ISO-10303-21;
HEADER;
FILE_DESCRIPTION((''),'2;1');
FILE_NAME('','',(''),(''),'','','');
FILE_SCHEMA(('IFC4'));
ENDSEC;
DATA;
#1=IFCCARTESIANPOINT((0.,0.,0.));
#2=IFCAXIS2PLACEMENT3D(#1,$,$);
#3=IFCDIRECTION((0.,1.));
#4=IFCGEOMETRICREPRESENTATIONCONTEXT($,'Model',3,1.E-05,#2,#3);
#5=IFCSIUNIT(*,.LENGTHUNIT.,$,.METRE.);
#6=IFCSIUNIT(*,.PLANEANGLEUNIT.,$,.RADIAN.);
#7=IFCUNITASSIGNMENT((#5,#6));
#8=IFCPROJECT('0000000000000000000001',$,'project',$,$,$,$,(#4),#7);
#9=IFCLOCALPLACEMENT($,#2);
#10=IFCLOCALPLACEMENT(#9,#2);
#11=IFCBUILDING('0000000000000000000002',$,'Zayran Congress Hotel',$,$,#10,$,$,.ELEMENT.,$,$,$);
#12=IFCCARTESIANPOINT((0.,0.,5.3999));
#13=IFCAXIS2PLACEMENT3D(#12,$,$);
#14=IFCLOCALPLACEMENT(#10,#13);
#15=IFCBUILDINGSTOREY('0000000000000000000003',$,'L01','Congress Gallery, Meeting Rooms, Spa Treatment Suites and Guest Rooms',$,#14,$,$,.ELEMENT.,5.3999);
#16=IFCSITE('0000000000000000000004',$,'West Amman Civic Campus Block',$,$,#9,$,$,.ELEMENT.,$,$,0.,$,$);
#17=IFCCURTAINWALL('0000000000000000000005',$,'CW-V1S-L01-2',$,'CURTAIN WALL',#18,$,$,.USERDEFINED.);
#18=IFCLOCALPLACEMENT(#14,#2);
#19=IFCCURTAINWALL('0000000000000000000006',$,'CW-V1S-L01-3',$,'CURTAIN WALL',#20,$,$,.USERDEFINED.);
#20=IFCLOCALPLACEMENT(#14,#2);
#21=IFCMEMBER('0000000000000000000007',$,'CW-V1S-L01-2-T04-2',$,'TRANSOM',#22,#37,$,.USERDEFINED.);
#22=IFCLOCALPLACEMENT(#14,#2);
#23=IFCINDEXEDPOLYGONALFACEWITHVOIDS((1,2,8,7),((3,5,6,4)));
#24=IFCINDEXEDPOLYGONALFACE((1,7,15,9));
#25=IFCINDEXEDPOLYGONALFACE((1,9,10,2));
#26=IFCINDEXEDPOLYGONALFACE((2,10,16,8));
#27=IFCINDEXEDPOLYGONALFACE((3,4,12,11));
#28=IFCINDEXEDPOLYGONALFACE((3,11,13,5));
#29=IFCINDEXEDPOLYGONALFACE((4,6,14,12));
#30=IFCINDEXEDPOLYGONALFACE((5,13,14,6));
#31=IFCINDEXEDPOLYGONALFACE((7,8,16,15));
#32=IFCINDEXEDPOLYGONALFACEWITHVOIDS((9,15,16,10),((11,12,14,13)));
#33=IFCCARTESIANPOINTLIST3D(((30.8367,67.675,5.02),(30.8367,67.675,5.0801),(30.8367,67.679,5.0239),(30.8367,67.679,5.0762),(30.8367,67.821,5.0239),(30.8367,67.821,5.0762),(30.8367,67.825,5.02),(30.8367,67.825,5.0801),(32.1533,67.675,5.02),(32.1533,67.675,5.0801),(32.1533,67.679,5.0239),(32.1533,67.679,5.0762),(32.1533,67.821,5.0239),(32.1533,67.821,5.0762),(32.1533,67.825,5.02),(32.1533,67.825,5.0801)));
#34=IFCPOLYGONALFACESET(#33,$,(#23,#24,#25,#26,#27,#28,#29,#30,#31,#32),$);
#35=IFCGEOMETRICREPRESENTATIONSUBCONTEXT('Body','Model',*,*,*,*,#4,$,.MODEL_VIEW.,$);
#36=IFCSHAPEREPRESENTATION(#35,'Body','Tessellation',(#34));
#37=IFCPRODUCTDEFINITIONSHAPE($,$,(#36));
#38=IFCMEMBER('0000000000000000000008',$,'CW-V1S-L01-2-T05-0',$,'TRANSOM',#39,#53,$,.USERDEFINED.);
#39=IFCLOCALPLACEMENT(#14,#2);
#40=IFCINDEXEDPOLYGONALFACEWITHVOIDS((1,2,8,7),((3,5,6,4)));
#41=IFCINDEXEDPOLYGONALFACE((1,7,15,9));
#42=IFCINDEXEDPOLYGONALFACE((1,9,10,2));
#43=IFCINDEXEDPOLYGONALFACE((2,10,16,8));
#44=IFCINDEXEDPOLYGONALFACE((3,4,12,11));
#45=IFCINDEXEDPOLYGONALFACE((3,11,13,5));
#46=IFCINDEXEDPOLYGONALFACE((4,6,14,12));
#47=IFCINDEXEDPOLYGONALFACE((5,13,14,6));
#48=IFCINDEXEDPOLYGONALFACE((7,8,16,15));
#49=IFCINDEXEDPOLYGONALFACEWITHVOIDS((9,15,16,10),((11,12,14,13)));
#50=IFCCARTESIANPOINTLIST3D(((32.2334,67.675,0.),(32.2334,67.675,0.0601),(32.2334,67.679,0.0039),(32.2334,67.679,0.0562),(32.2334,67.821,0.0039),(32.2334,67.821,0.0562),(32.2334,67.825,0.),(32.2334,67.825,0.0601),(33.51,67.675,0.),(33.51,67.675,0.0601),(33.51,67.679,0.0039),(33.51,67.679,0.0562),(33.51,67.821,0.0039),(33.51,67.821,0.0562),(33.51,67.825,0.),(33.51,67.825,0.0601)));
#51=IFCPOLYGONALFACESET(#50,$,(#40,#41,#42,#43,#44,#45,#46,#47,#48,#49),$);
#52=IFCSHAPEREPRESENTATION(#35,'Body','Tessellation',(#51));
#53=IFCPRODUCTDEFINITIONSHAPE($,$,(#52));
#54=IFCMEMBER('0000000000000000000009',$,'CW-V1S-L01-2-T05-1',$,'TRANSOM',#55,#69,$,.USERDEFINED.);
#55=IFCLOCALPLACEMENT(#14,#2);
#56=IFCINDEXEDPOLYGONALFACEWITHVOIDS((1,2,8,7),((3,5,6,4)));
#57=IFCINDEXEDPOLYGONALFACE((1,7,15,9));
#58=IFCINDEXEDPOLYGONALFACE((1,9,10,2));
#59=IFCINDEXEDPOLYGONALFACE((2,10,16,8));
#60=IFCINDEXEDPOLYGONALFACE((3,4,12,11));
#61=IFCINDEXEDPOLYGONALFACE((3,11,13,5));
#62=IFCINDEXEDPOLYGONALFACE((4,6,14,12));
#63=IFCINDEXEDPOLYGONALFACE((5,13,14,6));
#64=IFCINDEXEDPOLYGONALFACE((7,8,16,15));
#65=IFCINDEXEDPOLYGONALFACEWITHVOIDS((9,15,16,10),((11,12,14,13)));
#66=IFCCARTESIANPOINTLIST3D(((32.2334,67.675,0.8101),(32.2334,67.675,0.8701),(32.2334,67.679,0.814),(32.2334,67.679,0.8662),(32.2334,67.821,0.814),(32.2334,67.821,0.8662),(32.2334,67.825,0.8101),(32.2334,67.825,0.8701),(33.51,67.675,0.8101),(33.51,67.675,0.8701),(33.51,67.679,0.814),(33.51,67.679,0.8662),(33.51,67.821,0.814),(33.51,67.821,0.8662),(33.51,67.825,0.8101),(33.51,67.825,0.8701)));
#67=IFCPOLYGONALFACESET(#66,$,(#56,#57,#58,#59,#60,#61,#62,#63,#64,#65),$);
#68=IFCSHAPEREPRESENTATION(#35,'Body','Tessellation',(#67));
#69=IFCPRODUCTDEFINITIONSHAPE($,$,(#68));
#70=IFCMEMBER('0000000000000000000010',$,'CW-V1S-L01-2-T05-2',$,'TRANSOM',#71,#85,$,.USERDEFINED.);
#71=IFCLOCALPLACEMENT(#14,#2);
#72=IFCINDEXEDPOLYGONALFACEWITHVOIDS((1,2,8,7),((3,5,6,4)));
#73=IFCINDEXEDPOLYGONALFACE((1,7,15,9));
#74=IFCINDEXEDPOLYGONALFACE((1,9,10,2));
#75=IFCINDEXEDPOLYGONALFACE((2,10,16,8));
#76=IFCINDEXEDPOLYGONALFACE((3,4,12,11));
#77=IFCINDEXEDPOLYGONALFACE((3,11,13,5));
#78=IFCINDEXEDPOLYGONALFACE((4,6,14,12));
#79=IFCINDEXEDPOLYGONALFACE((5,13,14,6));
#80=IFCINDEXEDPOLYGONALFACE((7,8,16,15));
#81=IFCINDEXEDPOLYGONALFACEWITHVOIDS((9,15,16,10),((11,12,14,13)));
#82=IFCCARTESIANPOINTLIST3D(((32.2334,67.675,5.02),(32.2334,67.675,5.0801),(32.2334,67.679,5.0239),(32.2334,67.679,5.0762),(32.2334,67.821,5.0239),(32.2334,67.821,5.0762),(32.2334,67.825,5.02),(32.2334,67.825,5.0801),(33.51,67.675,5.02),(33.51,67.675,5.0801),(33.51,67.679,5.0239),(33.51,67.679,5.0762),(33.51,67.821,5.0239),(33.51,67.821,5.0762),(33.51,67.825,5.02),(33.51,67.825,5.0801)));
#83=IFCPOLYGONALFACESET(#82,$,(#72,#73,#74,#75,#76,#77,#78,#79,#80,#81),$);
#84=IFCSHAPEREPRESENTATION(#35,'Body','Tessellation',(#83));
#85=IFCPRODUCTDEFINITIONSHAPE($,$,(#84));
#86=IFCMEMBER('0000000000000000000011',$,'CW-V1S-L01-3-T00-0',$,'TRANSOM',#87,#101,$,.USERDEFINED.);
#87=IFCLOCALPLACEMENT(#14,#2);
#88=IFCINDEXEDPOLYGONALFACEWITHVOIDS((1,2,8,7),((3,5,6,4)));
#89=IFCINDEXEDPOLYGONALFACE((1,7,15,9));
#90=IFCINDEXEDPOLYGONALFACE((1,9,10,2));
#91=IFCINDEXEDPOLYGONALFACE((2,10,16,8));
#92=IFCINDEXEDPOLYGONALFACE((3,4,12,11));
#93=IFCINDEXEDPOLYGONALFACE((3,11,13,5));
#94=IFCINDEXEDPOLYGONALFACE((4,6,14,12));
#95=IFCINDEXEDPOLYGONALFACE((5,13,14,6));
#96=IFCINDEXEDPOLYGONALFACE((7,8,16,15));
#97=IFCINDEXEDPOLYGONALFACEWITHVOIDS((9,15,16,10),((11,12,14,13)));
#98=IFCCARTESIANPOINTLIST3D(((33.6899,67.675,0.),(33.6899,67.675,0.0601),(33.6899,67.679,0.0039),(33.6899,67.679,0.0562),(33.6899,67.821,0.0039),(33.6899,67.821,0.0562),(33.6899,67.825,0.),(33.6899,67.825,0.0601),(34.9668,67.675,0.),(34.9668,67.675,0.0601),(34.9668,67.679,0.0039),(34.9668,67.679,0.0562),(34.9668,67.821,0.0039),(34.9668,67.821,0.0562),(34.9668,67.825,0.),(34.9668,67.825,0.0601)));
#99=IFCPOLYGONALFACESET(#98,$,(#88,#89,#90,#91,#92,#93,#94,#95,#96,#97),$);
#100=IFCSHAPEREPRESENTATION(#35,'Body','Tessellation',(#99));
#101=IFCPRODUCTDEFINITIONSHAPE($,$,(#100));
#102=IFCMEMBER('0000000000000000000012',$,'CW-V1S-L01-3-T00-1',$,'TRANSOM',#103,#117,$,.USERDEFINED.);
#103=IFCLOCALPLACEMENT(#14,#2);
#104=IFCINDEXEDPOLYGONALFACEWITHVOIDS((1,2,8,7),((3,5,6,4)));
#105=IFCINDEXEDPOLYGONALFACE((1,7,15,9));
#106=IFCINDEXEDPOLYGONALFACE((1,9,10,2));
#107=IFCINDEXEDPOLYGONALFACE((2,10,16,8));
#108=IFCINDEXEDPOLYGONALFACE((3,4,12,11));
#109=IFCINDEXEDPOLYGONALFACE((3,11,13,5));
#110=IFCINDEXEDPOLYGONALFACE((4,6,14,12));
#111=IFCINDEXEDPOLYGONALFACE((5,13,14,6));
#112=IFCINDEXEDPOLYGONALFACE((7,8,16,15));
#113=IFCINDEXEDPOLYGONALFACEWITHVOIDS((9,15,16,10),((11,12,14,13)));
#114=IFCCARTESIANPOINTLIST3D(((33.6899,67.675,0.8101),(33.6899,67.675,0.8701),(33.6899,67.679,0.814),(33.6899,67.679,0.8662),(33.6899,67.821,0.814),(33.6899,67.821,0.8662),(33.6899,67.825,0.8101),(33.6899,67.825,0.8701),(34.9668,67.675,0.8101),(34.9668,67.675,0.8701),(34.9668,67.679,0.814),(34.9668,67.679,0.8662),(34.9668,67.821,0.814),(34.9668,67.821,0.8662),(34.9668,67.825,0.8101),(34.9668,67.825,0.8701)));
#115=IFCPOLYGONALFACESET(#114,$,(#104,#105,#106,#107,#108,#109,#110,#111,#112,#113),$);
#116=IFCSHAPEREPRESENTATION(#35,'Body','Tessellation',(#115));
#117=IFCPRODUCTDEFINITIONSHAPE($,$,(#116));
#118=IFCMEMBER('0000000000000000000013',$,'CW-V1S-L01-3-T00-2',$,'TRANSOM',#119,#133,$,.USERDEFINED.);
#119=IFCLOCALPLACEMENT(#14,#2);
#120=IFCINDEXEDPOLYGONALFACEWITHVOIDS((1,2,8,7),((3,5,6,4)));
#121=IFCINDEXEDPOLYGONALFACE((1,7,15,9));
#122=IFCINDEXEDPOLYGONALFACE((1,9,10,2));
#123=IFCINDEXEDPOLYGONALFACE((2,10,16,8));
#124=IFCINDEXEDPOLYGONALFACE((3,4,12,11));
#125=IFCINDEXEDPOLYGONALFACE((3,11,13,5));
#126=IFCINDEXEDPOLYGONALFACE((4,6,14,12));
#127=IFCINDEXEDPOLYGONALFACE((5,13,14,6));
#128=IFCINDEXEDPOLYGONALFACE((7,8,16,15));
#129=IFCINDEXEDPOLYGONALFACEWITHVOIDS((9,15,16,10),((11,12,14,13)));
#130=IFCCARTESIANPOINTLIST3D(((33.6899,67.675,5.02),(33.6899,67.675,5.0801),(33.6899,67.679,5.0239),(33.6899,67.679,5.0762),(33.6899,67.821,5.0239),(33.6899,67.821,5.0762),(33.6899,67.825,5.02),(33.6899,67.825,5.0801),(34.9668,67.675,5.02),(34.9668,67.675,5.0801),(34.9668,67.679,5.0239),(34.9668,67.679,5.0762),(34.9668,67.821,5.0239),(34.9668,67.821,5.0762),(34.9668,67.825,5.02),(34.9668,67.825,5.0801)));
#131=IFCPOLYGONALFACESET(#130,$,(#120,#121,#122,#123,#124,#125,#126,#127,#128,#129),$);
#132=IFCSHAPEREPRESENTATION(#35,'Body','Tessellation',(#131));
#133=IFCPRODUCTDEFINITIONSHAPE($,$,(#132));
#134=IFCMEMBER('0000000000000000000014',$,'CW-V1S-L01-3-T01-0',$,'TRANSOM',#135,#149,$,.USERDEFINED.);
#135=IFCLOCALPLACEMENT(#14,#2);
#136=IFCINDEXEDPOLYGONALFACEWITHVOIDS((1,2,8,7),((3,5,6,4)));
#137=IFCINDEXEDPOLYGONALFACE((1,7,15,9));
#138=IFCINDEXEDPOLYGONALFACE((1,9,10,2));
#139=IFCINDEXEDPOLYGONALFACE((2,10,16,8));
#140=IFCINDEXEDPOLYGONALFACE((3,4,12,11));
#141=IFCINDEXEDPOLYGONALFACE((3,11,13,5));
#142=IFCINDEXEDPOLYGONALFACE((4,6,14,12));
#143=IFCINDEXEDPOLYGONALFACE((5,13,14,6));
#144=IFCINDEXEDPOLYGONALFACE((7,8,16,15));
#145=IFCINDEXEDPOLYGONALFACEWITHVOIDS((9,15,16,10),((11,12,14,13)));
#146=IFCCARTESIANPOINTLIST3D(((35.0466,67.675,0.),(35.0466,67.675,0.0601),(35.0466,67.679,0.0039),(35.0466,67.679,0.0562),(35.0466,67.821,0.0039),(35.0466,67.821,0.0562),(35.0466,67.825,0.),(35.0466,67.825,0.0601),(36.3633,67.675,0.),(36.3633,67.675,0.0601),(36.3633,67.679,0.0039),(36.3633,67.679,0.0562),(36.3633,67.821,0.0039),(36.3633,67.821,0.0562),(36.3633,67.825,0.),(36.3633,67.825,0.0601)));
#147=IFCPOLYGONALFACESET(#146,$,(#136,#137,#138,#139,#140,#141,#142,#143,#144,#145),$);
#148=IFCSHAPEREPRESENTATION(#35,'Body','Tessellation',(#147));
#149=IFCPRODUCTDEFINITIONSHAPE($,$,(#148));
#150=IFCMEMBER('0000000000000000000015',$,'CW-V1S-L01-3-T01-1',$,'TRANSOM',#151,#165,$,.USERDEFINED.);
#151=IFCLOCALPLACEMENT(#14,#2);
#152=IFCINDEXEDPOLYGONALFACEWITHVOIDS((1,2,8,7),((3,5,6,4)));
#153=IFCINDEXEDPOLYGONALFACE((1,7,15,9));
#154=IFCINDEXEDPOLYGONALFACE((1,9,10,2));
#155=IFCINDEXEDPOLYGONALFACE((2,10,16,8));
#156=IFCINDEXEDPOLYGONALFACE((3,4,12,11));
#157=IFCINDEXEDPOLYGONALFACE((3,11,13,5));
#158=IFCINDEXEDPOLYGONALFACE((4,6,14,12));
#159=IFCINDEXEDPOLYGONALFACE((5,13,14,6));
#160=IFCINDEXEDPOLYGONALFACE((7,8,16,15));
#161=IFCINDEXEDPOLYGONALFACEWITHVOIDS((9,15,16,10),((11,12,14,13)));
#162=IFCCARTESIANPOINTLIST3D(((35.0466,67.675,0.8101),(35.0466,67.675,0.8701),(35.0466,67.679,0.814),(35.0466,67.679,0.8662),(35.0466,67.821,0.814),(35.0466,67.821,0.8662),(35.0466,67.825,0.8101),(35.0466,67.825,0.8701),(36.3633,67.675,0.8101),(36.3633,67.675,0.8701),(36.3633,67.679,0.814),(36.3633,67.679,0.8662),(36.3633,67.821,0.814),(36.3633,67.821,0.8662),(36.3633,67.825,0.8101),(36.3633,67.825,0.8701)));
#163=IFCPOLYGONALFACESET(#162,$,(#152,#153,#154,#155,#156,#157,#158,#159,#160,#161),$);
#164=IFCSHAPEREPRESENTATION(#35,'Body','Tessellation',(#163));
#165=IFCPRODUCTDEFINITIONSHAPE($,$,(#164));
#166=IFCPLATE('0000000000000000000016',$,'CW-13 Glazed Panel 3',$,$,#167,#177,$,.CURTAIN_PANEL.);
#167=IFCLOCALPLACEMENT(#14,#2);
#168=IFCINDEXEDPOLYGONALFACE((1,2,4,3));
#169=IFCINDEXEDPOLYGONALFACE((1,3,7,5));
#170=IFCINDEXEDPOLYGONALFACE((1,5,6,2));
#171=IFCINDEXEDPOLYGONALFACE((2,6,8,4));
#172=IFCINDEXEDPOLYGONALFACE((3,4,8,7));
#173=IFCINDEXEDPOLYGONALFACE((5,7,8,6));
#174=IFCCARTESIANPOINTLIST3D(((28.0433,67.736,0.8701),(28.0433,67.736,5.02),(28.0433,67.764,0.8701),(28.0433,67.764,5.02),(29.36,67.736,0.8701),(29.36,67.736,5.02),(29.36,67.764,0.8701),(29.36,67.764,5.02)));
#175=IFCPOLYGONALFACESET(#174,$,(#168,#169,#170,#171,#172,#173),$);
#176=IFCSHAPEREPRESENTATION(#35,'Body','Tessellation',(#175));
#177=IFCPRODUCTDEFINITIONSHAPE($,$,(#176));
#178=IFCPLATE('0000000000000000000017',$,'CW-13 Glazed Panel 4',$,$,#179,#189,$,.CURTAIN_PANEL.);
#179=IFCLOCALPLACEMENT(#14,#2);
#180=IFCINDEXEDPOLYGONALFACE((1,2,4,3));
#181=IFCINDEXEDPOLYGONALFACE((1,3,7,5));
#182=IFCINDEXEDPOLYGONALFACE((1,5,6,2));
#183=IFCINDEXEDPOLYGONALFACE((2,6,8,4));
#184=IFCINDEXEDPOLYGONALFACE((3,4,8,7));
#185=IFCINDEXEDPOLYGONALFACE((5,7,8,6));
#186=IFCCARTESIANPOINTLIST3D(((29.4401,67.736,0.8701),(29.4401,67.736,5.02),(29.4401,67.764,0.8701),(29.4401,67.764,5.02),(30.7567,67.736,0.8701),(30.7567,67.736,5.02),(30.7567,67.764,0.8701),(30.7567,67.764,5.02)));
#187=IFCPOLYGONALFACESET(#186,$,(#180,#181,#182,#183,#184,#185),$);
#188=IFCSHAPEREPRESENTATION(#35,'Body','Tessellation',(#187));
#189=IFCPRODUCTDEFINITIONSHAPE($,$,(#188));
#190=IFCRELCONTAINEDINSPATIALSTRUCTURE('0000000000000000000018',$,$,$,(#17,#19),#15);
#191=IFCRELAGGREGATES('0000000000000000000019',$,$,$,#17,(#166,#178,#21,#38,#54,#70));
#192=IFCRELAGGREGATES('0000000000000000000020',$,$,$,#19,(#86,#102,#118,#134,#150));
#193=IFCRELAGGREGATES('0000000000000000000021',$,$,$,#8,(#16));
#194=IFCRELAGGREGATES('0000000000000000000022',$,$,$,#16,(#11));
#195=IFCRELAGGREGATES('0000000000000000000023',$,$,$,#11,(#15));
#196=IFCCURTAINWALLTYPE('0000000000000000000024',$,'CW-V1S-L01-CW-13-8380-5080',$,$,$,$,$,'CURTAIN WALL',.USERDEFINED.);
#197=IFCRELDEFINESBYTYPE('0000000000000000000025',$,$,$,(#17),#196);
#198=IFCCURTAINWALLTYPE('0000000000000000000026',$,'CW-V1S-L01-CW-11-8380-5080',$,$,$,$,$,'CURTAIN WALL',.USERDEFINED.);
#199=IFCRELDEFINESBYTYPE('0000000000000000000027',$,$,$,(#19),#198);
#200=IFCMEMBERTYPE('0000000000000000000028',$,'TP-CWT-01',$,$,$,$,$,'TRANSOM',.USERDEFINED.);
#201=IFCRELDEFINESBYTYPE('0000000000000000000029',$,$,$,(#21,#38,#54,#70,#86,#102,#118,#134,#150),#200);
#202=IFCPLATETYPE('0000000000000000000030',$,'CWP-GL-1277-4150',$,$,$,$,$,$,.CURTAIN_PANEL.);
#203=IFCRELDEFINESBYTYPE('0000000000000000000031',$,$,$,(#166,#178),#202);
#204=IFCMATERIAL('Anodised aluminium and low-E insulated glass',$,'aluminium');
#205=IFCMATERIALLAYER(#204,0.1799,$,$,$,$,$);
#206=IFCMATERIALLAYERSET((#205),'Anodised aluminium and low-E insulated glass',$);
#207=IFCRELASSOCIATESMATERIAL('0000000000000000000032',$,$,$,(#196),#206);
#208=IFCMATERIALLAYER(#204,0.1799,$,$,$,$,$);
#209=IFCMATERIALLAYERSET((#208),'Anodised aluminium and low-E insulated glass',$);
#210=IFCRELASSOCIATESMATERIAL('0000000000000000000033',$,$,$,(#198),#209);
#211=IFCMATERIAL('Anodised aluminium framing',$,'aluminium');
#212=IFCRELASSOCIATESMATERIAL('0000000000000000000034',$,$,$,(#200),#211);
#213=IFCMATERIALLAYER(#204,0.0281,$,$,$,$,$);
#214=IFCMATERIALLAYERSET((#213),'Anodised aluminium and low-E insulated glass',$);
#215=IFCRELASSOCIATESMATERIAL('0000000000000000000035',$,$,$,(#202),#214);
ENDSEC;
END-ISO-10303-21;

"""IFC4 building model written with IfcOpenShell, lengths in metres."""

from ifc_helpers import new_model, si_unit, direction, frame, origin, origin_2d, place, context, subcontext, project, spatial, rectangle, hollow_rectangle, extrude, material, layer, layer_set, material_profile, profile_set, type_object, element, aggregate, save


model = new_model("IFC4")

# Units and contexts
model_context = context("Model", 3, precision=1e-05, world=origin(), true_north=direction((0.0, 1.0)))
body_context = subcontext(model_context, "Body", "Model", "MODEL_VIEW")
ifc_project = project(units=[si_unit("LENGTHUNIT", "METRE"), si_unit("PLANEANGLEUNIT", "RADIAN")], contexts=[model_context])

# Site, building, storey
site_placement = place(None, origin())
site = spatial("IfcSite", under=ifc_project, at=site_placement, Name="West Amman Civic Campus Block", CompositionType="ELEMENT", RefElevation=0.0)
building_placement = place(site_placement, origin())
building = spatial("IfcBuilding", under=site, at=building_placement, Name="Zayran Congress Hotel", CompositionType="ELEMENT")
storey_placement = place(building_placement, frame((0.0, 0.0, 5.3999)))
storey = spatial("IfcBuildingStorey", under=building, at=storey_placement, Name="L01", Description="Congress Gallery, Meeting Rooms, Spa Treatment Suites and Guest Rooms", CompositionType="ELEMENT", Elevation=5.3999)

# Curtain walls
ifc_material_1 = material(Name="Anodised aluminium and low-E insulated glass", Category="aluminium")
ifc_layer_1 = layer(ifc_material_1, 0.1799)
ifc_layer_set_1 = layer_set([ifc_layer_1], Name="Anodised aluminium and low-E insulated glass")
curtain_wall_type_1 = type_object("IfcCurtainWallType", Name="CW-V1S-L01-CW-13-8380-5080", ElementType="CURTAIN WALL", PredefinedType="USERDEFINED", material=ifc_layer_set_1)
curtain_wall_1_placement = place(storey_placement, origin())
curtain_wall_1 = element("IfcCurtainWall", 1, at=curtain_wall_1_placement, inside=storey, type_object=curtain_wall_type_1, Name="CW-V1S-L01-2", ObjectType="CURTAIN WALL", PredefinedType="USERDEFINED")
ifc_material_2 = material(Name="Anodised aluminium framing", Category="aluminium")
ifc_layer_2 = layer(ifc_material_1, 0.1799)
ifc_layer_set_2 = layer_set([ifc_layer_2], Name="Anodised aluminium and low-E insulated glass")
curtain_wall_type_2 = type_object("IfcCurtainWallType", Name="CW-V1S-L01-CW-11-8380-5080", ElementType="CURTAIN WALL", PredefinedType="USERDEFINED", material=ifc_layer_set_2)
curtain_wall_2_placement = place(storey_placement, origin())
curtain_wall_2 = element("IfcCurtainWall", 2, at=curtain_wall_2_placement, inside=storey, type_object=curtain_wall_type_2, Name="CW-V1S-L01-3", ObjectType="CURTAIN WALL", PredefinedType="USERDEFINED")

# Members
ifc_material_profile_1 = material_profile(ifc_material_2, hollow_rectangle(XDim=0.0601, YDim=0.1499, WallThickness=0.0039, at=origin_2d()), Name="RHS 150x60x4")
ifc_profile_set_1 = profile_set([ifc_material_profile_1], Name="Anodised aluminium framing")
member_type_1 = type_object("IfcMemberType", Name="TP-CWT-01", ElementType="TRANSOM", PredefinedType="USERDEFINED", material=ifc_profile_set_1)
member_1_placement = place(storey_placement, frame((30.8367, 67.75, 5.05), z_axis=(1.0, 0.0, 0.0), x_axis=(0.0, 0.0, 1.0)))
member_1 = element("IfcMember", 3, at=member_1_placement, type_object=member_type_1, Name="CW-V1S-L01-2-T04-2", ObjectType="TRANSOM", PredefinedType="USERDEFINED", context=body_context, shape_type="SweptSolid", body=[
    extrude(hollow_rectangle(XDim=0.0601, YDim=0.1499, WallThickness=0.0039, at=origin_2d()), origin(), (0.0, 0.0, 1.0), 1.3167),
])
member_2_placement = place(storey_placement, frame((32.2334, 67.75, 0.03), z_axis=(1.0, 0.0, 0.0), x_axis=(0.0, 0.0, 1.0)))
member_2 = element("IfcMember", 4, at=member_2_placement, type_object=member_type_1, Name="CW-V1S-L01-2-T05-0", ObjectType="TRANSOM", PredefinedType="USERDEFINED", context=body_context, shape_type="SweptSolid", body=[
    extrude(hollow_rectangle(XDim=0.0601, YDim=0.1499, WallThickness=0.0039, at=origin_2d()), origin(), (0.0, 0.0, 1.0), 1.2766),
])
member_3_placement = place(storey_placement, frame((32.2334, 67.75, 0.8401), z_axis=(1.0, 0.0, 0.0), x_axis=(0.0, 0.0, 1.0)))
member_3 = element("IfcMember", 5, at=member_3_placement, type_object=member_type_1, Name="CW-V1S-L01-2-T05-1", ObjectType="TRANSOM", PredefinedType="USERDEFINED", context=body_context, shape_type="SweptSolid", body=[
    extrude(hollow_rectangle(XDim=0.0601, YDim=0.1499, WallThickness=0.0039, at=origin_2d()), origin(), (0.0, 0.0, 1.0), 1.2766),
])
member_4_placement = place(storey_placement, frame((32.2334, 67.75, 5.05), z_axis=(1.0, 0.0, 0.0), x_axis=(0.0, 0.0, 1.0)))
member_4 = element("IfcMember", 6, at=member_4_placement, type_object=member_type_1, Name="CW-V1S-L01-2-T05-2", ObjectType="TRANSOM", PredefinedType="USERDEFINED", context=body_context, shape_type="SweptSolid", body=[
    extrude(hollow_rectangle(XDim=0.0601, YDim=0.1499, WallThickness=0.0039, at=origin_2d()), origin(), (0.0, 0.0, 1.0), 1.2766),
])
member_5_placement = place(storey_placement, frame((33.6899, 67.75, 0.03), z_axis=(1.0, 0.0, 0.0), x_axis=(0.0, 0.0, 1.0)))
member_5 = element("IfcMember", 7, at=member_5_placement, type_object=member_type_1, Name="CW-V1S-L01-3-T00-0", ObjectType="TRANSOM", PredefinedType="USERDEFINED", context=body_context, shape_type="SweptSolid", body=[
    extrude(hollow_rectangle(XDim=0.0601, YDim=0.1499, WallThickness=0.0039, at=origin_2d()), origin(), (0.0, 0.0, 1.0), 1.2769),
])
member_6_placement = place(storey_placement, frame((33.6899, 67.75, 0.8401), z_axis=(1.0, 0.0, 0.0), x_axis=(0.0, 0.0, 1.0)))
member_6 = element("IfcMember", 8, at=member_6_placement, type_object=member_type_1, Name="CW-V1S-L01-3-T00-1", ObjectType="TRANSOM", PredefinedType="USERDEFINED", context=body_context, shape_type="SweptSolid", body=[
    extrude(hollow_rectangle(XDim=0.0601, YDim=0.1499, WallThickness=0.0039, at=origin_2d()), origin(), (0.0, 0.0, 1.0), 1.2769),
])
member_7_placement = place(storey_placement, frame((33.6899, 67.75, 5.05), z_axis=(1.0, 0.0, 0.0), x_axis=(0.0, 0.0, 1.0)))
member_7 = element("IfcMember", 9, at=member_7_placement, type_object=member_type_1, Name="CW-V1S-L01-3-T00-2", ObjectType="TRANSOM", PredefinedType="USERDEFINED", context=body_context, shape_type="SweptSolid", body=[
    extrude(hollow_rectangle(XDim=0.0601, YDim=0.1499, WallThickness=0.0039, at=origin_2d()), origin(), (0.0, 0.0, 1.0), 1.2769),
])
member_8_placement = place(storey_placement, frame((35.0466, 67.75, 0.03), z_axis=(1.0, 0.0, 0.0), x_axis=(0.0, 0.0, 1.0)))
member_8 = element("IfcMember", 10, at=member_8_placement, type_object=member_type_1, Name="CW-V1S-L01-3-T01-0", ObjectType="TRANSOM", PredefinedType="USERDEFINED", context=body_context, shape_type="SweptSolid", body=[
    extrude(hollow_rectangle(XDim=0.0601, YDim=0.1499, WallThickness=0.0039, at=origin_2d()), origin(), (0.0, 0.0, 1.0), 1.3167),
])
member_9_placement = place(storey_placement, frame((35.0466, 67.75, 0.8401), z_axis=(1.0, 0.0, 0.0), x_axis=(0.0, 0.0, 1.0)))
member_9 = element("IfcMember", 11, at=member_9_placement, type_object=member_type_1, Name="CW-V1S-L01-3-T01-1", ObjectType="TRANSOM", PredefinedType="USERDEFINED", context=body_context, shape_type="SweptSolid", body=[
    extrude(hollow_rectangle(XDim=0.0601, YDim=0.1499, WallThickness=0.0039, at=origin_2d()), origin(), (0.0, 0.0, 1.0), 1.3167),
])

# Plates
ifc_layer_3 = layer(ifc_material_1, 0.0281)
ifc_layer_set_3 = layer_set([ifc_layer_3], Name="Anodised aluminium and low-E insulated glass")
plate_type_1 = type_object("IfcPlateType", Name="CWP-GL-1277-4150", PredefinedType="CURTAIN_PANEL", material=ifc_layer_set_3)
plate_1_placement = place(storey_placement, frame((28.7017, 67.75, 0.8701), z_axis=(0.0, 0.0, 1.0), x_axis=(1.0, 0.0, 0.0)))
plate_1 = element("IfcPlate", 12, at=plate_1_placement, type_object=plate_type_1, Name="CW-13 Glazed Panel 3", PredefinedType="CURTAIN_PANEL", context=body_context, shape_type="SweptSolid", body=[
    extrude(rectangle(XDim=1.3167, YDim=0.0281, at=origin_2d()), origin(), (0.0, 0.0, 1.0), 4.1499),
])
plate_2_placement = place(storey_placement, frame((30.0984, 67.75, 0.8701), z_axis=(0.0, 0.0, 1.0), x_axis=(1.0, 0.0, 0.0)))
plate_2 = element("IfcPlate", 13, at=plate_2_placement, type_object=plate_type_1, Name="CW-13 Glazed Panel 4", PredefinedType="CURTAIN_PANEL", context=body_context, shape_type="SweptSolid", body=[
    extrude(rectangle(XDim=1.3167, YDim=0.0281, at=origin_2d()), origin(), (0.0, 0.0, 1.0), 4.1499),
])
aggregate(curtain_wall_1, [plate_1, plate_2, member_1, member_2, member_3, member_4])
aggregate(curtain_wall_2, [member_5, member_6, member_7, member_8, member_9])

save(model, "model.ifc")
